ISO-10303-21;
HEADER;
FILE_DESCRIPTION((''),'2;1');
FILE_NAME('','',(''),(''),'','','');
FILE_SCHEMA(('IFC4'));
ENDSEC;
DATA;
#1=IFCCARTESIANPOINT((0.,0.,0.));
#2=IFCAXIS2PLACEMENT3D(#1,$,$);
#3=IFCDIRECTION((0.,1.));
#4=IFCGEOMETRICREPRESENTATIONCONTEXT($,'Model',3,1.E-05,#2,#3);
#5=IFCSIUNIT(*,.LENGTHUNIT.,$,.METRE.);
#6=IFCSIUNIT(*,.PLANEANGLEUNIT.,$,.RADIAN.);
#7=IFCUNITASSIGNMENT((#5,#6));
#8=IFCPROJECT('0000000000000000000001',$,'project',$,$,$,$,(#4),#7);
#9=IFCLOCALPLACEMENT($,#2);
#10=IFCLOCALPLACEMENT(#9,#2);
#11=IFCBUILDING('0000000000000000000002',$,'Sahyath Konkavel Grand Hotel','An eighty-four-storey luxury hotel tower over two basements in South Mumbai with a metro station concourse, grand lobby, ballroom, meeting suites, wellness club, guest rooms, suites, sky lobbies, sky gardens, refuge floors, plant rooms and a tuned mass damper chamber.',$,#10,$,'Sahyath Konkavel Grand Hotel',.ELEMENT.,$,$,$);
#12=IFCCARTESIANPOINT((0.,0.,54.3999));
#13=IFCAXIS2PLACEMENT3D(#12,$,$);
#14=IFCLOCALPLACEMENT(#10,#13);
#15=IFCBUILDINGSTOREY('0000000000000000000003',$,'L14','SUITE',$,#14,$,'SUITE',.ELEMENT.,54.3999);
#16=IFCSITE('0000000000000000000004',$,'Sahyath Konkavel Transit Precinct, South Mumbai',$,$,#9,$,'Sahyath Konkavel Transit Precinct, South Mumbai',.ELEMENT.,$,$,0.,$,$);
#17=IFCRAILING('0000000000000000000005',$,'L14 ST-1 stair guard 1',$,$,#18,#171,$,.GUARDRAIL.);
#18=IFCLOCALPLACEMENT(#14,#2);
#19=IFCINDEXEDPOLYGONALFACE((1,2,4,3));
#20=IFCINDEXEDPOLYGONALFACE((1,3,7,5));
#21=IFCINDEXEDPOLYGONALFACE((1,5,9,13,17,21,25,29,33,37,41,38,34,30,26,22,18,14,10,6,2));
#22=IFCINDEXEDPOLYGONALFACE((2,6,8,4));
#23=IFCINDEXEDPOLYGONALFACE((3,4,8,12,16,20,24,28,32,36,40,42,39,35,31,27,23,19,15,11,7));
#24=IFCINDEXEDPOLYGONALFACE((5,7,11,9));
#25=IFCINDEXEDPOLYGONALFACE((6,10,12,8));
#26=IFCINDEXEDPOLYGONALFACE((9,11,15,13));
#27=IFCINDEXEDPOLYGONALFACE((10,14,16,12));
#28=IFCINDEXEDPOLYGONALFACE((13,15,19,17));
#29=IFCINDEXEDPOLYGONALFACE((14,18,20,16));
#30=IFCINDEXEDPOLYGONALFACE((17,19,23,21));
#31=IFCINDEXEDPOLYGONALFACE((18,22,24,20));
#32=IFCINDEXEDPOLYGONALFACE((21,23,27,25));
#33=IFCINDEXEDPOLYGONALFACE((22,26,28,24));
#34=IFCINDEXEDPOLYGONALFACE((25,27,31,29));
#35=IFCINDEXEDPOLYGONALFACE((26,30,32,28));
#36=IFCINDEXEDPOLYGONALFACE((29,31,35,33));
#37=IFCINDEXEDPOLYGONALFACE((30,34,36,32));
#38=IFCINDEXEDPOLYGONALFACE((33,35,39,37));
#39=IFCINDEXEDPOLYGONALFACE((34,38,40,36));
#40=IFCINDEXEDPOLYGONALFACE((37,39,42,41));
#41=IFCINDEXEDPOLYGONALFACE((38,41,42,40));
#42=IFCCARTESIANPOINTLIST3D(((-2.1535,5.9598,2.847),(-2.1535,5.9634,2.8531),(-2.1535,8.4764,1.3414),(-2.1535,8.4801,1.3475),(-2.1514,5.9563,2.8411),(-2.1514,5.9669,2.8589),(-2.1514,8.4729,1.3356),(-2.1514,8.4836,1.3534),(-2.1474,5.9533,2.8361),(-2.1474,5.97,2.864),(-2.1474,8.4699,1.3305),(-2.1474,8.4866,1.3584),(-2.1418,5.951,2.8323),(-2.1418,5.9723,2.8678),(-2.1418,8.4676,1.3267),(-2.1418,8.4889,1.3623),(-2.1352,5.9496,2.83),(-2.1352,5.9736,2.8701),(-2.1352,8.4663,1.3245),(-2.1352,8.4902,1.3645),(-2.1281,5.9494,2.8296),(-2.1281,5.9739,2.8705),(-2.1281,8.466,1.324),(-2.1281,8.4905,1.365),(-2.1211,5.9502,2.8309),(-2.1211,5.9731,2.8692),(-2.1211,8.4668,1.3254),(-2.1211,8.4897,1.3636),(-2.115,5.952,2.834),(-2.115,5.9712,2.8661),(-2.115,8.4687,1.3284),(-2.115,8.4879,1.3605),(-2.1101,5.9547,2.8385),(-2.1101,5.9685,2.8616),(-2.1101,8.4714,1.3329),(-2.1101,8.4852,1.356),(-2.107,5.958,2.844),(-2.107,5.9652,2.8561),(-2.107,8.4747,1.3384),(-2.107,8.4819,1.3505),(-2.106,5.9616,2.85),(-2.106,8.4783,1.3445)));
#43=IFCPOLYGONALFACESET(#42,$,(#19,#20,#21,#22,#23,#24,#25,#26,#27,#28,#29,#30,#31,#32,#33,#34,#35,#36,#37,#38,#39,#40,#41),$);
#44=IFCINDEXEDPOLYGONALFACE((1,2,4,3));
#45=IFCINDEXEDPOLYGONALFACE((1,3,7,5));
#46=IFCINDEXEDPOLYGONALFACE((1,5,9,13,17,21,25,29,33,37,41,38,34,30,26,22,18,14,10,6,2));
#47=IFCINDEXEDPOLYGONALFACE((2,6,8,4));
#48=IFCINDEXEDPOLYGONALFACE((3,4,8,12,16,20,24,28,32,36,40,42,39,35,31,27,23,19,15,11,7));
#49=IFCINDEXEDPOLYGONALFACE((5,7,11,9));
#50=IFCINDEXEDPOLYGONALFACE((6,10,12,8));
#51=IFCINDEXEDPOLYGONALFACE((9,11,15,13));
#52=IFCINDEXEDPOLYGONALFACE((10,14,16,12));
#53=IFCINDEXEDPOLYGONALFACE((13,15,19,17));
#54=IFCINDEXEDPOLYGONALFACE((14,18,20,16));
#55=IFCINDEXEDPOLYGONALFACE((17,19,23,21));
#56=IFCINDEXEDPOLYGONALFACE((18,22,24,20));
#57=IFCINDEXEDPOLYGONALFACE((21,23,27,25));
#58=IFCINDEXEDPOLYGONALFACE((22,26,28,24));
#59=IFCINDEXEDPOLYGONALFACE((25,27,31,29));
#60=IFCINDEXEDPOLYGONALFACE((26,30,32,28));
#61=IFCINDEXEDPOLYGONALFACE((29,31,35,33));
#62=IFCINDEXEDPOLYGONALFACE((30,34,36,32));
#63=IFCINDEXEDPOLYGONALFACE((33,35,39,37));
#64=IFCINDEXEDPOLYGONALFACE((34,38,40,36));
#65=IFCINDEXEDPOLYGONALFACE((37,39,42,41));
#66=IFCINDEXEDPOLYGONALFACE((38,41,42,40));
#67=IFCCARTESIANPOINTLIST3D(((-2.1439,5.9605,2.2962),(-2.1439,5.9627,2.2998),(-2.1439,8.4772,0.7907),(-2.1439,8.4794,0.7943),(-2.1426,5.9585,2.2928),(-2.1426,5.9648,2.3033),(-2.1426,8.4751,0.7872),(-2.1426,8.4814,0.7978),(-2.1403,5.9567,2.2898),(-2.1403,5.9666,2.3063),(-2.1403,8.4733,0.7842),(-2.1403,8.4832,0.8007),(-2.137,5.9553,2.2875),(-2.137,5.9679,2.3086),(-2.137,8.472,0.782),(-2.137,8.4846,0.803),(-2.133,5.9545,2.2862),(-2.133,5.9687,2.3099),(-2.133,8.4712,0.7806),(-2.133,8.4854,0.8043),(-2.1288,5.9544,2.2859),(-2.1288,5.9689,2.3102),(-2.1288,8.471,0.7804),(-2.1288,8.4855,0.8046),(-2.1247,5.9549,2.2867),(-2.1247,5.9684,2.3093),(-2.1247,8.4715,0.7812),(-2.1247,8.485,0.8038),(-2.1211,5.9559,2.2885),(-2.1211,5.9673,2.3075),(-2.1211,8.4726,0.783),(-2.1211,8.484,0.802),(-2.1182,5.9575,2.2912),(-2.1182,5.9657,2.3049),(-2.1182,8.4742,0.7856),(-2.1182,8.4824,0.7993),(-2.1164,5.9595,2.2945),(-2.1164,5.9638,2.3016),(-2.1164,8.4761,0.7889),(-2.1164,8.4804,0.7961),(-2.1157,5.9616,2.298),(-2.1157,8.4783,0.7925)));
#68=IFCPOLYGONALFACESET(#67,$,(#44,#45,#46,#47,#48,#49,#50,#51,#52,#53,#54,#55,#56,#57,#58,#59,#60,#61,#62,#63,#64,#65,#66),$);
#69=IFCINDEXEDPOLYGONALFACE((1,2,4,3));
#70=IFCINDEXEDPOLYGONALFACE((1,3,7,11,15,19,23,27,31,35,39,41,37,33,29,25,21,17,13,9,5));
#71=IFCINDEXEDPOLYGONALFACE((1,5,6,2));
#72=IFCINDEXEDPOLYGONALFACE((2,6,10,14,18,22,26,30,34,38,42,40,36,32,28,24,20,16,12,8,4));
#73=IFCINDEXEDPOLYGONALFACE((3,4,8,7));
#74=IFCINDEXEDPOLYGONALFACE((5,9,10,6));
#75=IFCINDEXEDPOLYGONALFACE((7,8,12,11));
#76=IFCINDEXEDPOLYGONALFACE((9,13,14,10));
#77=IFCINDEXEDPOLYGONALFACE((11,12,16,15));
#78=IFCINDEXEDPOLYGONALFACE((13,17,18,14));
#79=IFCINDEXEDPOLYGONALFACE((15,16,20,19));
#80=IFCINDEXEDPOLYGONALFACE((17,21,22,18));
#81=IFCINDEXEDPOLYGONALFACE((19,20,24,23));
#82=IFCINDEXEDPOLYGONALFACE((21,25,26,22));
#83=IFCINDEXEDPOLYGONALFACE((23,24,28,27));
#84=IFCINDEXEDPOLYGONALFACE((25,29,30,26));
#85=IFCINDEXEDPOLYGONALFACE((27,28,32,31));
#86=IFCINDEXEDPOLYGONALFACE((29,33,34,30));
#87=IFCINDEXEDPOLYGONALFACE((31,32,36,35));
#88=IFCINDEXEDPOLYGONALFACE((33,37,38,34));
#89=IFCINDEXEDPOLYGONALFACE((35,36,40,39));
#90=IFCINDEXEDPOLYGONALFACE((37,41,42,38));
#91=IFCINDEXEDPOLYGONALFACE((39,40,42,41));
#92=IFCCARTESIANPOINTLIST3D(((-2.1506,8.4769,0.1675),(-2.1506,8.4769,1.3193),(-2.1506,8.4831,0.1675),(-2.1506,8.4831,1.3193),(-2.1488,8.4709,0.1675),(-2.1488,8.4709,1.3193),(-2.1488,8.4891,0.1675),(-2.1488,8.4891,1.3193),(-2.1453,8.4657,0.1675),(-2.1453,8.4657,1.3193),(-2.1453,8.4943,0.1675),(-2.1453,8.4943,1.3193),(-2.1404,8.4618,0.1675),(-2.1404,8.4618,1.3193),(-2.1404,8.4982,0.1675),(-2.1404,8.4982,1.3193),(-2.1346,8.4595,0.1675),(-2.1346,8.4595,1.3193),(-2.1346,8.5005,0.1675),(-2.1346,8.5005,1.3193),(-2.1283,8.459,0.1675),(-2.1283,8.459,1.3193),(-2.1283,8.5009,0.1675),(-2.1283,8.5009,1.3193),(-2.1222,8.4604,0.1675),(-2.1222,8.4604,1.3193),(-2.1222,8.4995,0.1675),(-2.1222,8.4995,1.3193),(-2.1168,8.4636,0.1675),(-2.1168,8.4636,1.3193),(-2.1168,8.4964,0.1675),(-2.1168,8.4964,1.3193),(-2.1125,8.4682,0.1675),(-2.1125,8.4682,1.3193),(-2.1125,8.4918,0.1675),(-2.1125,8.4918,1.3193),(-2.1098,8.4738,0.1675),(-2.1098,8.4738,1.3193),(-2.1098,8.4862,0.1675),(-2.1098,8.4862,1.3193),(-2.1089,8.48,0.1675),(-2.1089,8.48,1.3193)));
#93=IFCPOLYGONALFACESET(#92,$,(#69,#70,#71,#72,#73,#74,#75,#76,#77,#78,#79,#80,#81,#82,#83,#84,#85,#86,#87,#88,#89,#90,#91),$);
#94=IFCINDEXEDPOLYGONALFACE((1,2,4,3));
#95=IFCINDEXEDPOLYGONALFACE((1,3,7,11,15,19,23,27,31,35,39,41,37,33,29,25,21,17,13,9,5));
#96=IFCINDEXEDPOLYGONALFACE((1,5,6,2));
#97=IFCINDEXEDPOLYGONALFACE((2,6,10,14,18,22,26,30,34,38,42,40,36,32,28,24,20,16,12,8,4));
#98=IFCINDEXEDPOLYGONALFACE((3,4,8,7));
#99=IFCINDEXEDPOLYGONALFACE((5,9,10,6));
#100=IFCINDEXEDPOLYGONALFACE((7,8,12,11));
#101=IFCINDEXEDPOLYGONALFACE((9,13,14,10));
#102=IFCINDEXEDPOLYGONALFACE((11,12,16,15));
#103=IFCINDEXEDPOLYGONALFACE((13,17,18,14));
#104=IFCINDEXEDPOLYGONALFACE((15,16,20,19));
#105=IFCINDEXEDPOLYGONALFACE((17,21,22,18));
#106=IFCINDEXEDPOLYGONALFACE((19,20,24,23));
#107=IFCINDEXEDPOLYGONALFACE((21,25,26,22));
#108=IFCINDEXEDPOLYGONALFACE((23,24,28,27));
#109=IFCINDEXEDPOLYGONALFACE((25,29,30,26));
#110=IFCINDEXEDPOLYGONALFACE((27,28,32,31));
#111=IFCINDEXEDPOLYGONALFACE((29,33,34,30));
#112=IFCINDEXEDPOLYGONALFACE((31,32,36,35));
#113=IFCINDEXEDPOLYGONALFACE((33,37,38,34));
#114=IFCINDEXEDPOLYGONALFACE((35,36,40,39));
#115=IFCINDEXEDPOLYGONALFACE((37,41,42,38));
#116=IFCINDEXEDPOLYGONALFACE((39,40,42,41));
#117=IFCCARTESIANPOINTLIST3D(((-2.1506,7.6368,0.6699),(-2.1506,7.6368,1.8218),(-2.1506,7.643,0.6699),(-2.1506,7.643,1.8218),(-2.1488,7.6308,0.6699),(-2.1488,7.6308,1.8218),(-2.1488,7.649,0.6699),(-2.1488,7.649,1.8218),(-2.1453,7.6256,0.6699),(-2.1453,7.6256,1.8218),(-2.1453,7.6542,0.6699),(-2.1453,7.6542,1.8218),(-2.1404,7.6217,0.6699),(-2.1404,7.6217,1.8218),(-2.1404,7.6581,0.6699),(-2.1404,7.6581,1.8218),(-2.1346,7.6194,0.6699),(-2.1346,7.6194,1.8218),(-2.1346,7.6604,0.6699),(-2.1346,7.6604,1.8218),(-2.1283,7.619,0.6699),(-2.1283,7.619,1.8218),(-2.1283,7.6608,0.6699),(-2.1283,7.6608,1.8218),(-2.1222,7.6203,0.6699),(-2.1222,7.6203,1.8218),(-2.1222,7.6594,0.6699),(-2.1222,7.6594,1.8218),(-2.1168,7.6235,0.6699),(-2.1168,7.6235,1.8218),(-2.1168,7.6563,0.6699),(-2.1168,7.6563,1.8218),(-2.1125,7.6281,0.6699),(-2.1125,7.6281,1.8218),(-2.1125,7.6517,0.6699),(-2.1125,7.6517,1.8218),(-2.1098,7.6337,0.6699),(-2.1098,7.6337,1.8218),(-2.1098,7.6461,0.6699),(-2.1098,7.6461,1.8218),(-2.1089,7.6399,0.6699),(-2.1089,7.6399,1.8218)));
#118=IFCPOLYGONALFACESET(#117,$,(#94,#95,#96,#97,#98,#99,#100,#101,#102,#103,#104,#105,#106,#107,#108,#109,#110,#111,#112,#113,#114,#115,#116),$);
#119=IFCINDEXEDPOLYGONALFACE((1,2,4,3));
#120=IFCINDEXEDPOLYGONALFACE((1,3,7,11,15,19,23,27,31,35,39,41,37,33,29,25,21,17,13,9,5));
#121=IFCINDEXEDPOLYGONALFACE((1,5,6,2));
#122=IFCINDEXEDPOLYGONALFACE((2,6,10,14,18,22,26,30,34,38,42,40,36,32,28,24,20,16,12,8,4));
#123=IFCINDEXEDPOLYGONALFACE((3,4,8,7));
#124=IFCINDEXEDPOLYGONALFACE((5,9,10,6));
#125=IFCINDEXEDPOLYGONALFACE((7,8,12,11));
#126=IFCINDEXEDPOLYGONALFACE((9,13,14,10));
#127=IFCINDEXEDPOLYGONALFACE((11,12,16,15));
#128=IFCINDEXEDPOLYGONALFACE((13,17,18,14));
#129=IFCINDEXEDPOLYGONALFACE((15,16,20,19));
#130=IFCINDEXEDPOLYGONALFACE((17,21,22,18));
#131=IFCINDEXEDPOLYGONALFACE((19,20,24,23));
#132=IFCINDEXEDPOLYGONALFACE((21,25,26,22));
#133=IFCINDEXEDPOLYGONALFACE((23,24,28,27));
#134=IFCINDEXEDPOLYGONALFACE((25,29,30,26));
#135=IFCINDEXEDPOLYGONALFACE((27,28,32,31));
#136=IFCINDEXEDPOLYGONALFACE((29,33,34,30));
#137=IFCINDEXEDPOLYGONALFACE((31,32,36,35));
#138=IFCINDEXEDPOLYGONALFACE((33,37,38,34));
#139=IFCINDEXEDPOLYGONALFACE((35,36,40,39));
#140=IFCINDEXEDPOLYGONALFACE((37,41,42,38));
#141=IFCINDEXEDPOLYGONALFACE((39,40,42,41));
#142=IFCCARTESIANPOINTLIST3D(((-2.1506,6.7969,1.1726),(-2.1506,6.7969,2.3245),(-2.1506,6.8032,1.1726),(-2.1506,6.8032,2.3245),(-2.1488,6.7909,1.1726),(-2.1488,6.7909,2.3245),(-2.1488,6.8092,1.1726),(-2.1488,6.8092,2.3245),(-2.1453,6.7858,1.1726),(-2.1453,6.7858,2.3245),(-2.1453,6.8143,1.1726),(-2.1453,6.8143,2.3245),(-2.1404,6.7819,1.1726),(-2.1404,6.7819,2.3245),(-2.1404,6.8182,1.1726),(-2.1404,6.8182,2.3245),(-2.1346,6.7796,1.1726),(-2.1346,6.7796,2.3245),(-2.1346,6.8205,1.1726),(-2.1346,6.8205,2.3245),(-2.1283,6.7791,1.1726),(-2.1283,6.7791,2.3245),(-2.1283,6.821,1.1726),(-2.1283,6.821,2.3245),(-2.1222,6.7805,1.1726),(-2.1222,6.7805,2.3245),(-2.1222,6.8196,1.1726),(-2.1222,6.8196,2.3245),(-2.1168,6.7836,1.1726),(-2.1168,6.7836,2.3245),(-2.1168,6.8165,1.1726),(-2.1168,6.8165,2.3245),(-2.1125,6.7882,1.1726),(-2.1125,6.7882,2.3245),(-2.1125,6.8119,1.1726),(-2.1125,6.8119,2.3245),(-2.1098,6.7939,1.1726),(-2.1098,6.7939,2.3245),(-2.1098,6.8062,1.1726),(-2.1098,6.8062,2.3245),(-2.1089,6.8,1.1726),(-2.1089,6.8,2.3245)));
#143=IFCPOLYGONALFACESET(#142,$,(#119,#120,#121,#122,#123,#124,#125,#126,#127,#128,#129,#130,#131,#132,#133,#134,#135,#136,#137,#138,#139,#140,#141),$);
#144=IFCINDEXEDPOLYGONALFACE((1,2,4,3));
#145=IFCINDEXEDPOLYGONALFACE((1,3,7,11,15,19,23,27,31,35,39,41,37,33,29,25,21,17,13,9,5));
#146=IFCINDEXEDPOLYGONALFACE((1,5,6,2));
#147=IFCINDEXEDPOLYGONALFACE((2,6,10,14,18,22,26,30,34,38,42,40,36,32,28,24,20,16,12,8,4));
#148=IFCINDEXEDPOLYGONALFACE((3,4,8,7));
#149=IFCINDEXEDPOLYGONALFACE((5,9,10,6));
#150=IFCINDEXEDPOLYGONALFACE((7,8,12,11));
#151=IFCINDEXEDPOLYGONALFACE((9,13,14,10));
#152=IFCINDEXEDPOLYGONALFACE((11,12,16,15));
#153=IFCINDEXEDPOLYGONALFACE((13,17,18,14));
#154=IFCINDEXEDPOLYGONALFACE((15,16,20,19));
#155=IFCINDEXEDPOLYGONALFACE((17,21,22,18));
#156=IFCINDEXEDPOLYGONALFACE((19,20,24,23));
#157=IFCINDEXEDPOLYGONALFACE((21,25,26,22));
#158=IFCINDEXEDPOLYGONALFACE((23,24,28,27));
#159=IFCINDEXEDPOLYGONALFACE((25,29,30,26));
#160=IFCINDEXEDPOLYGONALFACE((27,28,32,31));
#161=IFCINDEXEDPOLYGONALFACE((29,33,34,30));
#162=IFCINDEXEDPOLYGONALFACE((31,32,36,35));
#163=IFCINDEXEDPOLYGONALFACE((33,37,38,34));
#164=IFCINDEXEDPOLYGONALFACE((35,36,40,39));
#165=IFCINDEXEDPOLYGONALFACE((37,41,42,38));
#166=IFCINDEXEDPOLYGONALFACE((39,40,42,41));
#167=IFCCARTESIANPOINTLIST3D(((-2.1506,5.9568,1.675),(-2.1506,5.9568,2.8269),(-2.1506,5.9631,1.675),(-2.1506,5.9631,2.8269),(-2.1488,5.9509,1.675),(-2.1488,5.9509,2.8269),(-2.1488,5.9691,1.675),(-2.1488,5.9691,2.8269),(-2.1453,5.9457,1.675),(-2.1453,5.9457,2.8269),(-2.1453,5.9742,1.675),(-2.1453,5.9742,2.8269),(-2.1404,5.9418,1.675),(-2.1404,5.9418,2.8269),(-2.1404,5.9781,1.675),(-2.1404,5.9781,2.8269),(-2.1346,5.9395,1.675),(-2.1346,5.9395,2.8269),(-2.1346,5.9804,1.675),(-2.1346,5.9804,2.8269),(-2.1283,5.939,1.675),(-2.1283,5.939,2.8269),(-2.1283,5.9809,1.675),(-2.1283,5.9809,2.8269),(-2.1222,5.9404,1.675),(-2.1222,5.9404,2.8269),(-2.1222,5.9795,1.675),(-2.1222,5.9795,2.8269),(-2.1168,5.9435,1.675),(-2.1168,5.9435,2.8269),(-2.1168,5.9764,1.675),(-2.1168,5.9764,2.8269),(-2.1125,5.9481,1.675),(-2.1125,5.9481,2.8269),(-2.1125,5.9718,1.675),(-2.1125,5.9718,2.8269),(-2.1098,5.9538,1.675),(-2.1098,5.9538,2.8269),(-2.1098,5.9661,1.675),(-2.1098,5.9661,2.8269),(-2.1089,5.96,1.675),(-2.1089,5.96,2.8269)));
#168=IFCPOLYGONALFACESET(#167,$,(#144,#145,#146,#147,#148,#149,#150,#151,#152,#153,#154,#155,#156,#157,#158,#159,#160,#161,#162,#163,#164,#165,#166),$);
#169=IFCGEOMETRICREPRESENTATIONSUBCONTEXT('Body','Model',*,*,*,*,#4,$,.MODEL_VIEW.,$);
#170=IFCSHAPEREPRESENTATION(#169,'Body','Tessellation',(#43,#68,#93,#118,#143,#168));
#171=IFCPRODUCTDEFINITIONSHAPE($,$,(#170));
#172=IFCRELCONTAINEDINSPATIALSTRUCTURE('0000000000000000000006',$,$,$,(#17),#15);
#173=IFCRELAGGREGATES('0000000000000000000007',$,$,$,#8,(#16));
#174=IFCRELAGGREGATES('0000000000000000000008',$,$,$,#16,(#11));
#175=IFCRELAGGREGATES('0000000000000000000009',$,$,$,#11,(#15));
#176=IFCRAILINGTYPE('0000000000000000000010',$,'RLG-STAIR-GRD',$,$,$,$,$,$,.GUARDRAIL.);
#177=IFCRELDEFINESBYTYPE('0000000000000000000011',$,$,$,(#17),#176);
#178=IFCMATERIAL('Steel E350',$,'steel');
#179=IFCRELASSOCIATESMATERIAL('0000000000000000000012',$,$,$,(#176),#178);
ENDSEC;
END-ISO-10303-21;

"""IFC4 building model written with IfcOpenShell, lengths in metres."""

from ifc_helpers import new_model, si_unit, direction, frame, origin, origin_2d, place, context, subcontext, project, spatial, circle, extrude, material, type_object, element, save


model = new_model("IFC4")

# Units and contexts
model_context = context("Model", 3, precision=1e-05, world=origin(), true_north=direction((0.0, 1.0)))
body_context = subcontext(model_context, "Body", "Model", "MODEL_VIEW")
ifc_project = project(units=[si_unit("LENGTHUNIT", "METRE"), si_unit("PLANEANGLEUNIT", "RADIAN")], contexts=[model_context])

# Site, building, storey
site_placement = place(None, origin())
site = spatial("IfcSite", under=ifc_project, at=site_placement, Name="Sahyath Konkavel Transit Precinct, South Mumbai", LongName="Sahyath Konkavel Transit Precinct, South Mumbai", CompositionType="ELEMENT", RefElevation=0.0)
building_placement = place(site_placement, origin())
building = spatial("IfcBuilding", under=site, at=building_placement, Name="Sahyath Konkavel Grand Hotel", Description="An eighty-four-storey luxury hotel tower over two basements in South Mumbai with a metro station concourse, grand lobby, ballroom, meeting suites, wellness club, guest rooms, suites, sky lobbies, sky gardens, refuge floors, plant rooms and a tuned mass damper chamber.", LongName="Sahyath Konkavel Grand Hotel", CompositionType="ELEMENT")
storey_placement = place(building_placement, frame((0.0, 0.0, 54.3999)))
storey = spatial("IfcBuildingStorey", under=building, at=storey_placement, Name="L14", Description="SUITE", LongName="SUITE", CompositionType="ELEMENT", Elevation=54.3999)

# Shared definitions
ifc_material_1 = material(Name="Steel E350", Category="steel")

# Railing
railing_type_1 = type_object("IfcRailingType", Name="RLG-STAIR-GRD", PredefinedType="GUARDRAIL", material=ifc_material_1)
railing_1_placement = place(storey_placement, frame((-2.1299, 8.48, 0.1675)))
element("IfcRailing", 1, at=railing_1_placement, inside=storey, type_object=railing_type_1, Name="L14 ST-1 stair guard 1", PredefinedType="GUARDRAIL", context=body_context, shape_type="SweptSolid", body=[
    extrude(circle(Radius=0.0239, at=origin_2d()), frame((0.0, -0.0017, 1.177), z_axis=(0.0, -0.85816, 0.513383), x_axis=(1.0, 0.0, 0.0)), (0.0, 0.0, 1.0), 2.9326),
    extrude(circle(Radius=0.0142, at=origin_2d()), frame((0.0, -0.0017, 0.625), z_axis=(0.0, -0.85816, 0.513383), x_axis=(1.0, 0.0, 0.0)), (0.0, 0.0, 1.0), 2.9326),
    extrude(circle(Radius=0.021, at=origin_2d()), origin(), (0.0, 0.0, 1.0), 1.1519),
    extrude(circle(Radius=0.021, at=origin_2d()), frame((0.0, -0.8401, 0.5024)), (0.0, 0.0, 1.0), 1.1519),
    extrude(circle(Radius=0.021, at=origin_2d()), frame((0.0, -1.6799, 1.0051)), (0.0, 0.0, 1.0), 1.1519),
    extrude(circle(Radius=0.021, at=origin_2d()), frame((0.0, -2.52, 1.5076)), (0.0, 0.0, 1.0), 1.1519),
])

save(model, "model.ifc")
